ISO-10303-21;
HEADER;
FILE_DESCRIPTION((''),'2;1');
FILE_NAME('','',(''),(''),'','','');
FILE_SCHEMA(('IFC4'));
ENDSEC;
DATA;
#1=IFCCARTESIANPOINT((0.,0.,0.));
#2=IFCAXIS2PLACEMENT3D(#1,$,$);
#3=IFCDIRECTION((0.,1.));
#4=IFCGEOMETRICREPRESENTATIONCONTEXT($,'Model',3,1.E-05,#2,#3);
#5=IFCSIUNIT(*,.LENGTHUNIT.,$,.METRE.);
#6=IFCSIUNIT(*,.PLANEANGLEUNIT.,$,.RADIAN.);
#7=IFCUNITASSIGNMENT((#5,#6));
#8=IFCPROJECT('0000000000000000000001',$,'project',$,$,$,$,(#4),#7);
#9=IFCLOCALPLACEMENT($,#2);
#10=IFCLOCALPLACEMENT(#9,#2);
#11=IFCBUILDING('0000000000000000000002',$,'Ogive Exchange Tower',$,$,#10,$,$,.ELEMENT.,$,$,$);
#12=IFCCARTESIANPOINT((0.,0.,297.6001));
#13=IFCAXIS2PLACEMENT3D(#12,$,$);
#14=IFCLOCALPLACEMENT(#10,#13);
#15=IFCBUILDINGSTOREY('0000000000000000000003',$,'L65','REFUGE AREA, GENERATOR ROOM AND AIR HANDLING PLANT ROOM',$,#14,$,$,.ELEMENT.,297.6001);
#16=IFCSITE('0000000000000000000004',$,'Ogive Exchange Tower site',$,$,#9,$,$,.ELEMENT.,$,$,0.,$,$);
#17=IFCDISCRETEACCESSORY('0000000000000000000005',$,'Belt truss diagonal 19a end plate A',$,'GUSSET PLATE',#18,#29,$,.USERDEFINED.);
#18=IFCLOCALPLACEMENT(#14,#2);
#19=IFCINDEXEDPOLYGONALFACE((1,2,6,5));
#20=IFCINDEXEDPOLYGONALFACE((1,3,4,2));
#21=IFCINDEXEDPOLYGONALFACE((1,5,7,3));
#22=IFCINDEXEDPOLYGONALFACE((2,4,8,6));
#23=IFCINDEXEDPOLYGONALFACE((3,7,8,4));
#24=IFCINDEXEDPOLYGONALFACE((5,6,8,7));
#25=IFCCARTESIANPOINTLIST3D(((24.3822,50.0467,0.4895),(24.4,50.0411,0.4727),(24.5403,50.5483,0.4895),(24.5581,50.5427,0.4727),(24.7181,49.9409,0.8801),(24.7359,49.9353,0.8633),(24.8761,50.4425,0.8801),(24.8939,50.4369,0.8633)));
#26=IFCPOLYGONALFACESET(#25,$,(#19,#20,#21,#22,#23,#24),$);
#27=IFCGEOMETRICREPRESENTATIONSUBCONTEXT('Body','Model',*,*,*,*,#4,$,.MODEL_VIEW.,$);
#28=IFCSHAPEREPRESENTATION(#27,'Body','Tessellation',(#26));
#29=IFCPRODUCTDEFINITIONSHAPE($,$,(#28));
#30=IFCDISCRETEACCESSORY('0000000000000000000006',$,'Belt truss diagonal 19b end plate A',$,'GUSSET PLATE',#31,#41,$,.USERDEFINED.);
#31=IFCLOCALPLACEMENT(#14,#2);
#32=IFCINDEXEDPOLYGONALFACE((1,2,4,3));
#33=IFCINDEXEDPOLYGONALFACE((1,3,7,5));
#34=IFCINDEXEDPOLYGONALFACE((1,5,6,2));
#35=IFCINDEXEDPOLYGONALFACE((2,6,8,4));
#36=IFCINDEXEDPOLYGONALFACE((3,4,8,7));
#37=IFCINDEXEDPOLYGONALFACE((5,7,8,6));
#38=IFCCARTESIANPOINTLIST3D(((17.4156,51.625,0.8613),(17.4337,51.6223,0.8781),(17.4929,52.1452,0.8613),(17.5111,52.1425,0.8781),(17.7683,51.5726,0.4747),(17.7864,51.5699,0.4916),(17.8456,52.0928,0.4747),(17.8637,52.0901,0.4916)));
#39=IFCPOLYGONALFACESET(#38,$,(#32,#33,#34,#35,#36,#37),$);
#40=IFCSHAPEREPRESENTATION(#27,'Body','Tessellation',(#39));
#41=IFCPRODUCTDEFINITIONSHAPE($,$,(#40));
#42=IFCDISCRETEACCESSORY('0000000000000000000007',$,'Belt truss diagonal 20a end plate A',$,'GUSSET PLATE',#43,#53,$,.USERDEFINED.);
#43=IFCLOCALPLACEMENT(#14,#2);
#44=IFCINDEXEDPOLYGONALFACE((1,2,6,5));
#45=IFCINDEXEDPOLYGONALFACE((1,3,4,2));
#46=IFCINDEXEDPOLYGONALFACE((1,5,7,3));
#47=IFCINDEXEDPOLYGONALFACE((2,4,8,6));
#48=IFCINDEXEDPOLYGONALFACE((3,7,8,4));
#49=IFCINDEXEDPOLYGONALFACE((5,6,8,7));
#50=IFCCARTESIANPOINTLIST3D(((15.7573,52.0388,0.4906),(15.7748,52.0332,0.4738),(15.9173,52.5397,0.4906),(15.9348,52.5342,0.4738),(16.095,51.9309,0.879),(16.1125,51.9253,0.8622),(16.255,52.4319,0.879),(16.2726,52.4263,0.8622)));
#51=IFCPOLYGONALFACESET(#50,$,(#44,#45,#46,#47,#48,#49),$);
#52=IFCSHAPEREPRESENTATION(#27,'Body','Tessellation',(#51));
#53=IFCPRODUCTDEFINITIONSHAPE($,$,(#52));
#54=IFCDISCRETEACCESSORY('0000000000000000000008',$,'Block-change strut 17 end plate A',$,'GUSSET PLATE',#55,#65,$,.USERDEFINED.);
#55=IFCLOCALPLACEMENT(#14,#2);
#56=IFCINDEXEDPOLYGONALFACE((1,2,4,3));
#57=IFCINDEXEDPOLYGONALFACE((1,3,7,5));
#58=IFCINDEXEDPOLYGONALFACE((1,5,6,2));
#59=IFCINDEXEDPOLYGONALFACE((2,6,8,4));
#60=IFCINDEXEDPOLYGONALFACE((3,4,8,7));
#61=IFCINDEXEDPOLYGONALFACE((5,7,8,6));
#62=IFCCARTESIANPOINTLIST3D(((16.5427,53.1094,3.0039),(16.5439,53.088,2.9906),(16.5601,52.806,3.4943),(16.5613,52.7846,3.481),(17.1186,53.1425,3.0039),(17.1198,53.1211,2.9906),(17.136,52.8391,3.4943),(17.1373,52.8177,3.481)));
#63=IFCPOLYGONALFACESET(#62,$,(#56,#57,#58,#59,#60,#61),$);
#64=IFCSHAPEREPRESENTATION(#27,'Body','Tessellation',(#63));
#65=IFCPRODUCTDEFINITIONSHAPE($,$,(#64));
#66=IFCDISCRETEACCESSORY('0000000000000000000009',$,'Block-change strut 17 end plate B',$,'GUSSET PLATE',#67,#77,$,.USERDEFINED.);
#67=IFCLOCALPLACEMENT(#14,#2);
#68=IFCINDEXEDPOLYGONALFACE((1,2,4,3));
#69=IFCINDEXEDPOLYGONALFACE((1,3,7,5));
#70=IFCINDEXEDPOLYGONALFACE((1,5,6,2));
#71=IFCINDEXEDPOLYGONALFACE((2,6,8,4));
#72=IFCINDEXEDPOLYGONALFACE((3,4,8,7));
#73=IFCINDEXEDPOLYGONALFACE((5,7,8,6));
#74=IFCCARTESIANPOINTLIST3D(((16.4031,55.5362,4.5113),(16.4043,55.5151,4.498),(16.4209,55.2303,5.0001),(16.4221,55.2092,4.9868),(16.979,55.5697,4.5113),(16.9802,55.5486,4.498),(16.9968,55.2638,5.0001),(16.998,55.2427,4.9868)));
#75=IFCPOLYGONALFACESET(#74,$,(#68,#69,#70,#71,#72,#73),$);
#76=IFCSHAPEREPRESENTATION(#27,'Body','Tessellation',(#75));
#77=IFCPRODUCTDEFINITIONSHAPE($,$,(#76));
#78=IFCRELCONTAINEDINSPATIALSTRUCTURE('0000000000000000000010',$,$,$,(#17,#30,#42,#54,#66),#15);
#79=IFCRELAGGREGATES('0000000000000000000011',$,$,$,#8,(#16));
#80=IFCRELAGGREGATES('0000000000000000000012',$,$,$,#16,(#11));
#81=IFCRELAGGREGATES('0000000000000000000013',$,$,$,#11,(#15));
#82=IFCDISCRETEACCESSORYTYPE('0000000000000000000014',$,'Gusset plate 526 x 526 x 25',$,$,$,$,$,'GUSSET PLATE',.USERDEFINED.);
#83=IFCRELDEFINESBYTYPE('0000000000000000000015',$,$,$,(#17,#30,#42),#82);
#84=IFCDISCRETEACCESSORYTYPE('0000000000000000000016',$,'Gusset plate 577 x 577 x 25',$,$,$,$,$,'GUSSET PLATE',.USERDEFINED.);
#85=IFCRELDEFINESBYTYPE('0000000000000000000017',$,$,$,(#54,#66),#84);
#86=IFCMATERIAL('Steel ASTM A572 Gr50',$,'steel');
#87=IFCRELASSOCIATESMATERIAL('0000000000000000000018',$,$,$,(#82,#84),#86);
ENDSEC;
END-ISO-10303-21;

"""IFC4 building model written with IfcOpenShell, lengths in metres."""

from ifc_helpers import new_model, si_unit, direction, frame, origin, origin_2d, place, context, subcontext, project, spatial, rectangle, extrude, material, material_profile, profile_set, type_object, element, save


model = new_model("IFC4")

# Units and contexts
model_context = context("Model", 3, precision=1e-05, world=origin(), true_north=direction((0.0, 1.0)))
body_context = subcontext(model_context, "Body", "Model", "MODEL_VIEW")
ifc_project = project(units=[si_unit("LENGTHUNIT", "METRE"), si_unit("PLANEANGLEUNIT", "RADIAN")], contexts=[model_context])

# Site, building, storey
site_placement = place(None, origin())
site = spatial("IfcSite", under=ifc_project, at=site_placement, Name="Ogive Exchange Tower site", CompositionType="ELEMENT", RefElevation=0.0)
building_placement = place(site_placement, origin())
building = spatial("IfcBuilding", under=site, at=building_placement, Name="Ogive Exchange Tower", CompositionType="ELEMENT")
storey_placement = place(building_placement, frame((0.0, 0.0, 297.6001)))
storey = spatial("IfcBuildingStorey", under=building, at=storey_placement, Name="L65", Description="REFUGE AREA, GENERATOR ROOM AND AIR HANDLING PLANT ROOM", CompositionType="ELEMENT", Elevation=297.6001)

# Discrete accessories
ifc_material_1 = material(Name="Steel ASTM A572 Gr50", Category="steel")
ifc_material_profile_1 = material_profile(ifc_material_1, rectangle(XDim=0.5259, YDim=0.5259, at=origin_2d()), Name="PL 526 x 526 x 25")
ifc_profile_set_1 = profile_set([ifc_material_profile_1], Name="Steel ASTM A572 Gr50")
discrete_accessory_type_1 = type_object("IfcDiscreteAccessoryType", Name="Gusset plate 526 x 526 x 25", ElementType="GUSSET PLATE", PredefinedType="USERDEFINED", material=ifc_profile_set_1)
discrete_accessory_1_placement = place(storey_placement, frame((24.647, 50.239, 0.668), z_axis=(-0.708404, 0.223196, 0.669587), x_axis=(-0.300506, -0.95378, 0.0)))
element("IfcDiscreteAccessory", 1, at=discrete_accessory_1_placement, inside=storey, type_object=discrete_accessory_type_1, Name="Belt truss diagonal 19a end plate A", ObjectType="GUSSET PLATE", PredefinedType="USERDEFINED", context=body_context, shape_type="SweptSolid", body=[
    extrude(rectangle(XDim=0.5259, YDim=0.5259, at=origin_2d()), origin(), (0.0, 0.0, 1.0), 0.0251),
])
for number, where, z_axis, x_axis, name in (
    (2, (17.6306, 51.8589, 0.668), (0.727099, -0.108082, 0.677971), (0.147033, 0.989132, 0.0), "Belt truss diagonal 19b end plate A"),
    (3, (16.0237, 52.2297, 0.668), (-0.70352, 0.224735, 0.674206), (-0.304296, -0.952578, 0.0), "Belt truss diagonal 20a end plate A"),
):
    element("IfcDiscreteAccessory", number, at=place(storey_placement, frame(where, z_axis=z_axis, x_axis=x_axis)), inside=storey, type_object=discrete_accessory_type_1, Name=name, ObjectType="GUSSET PLATE", PredefinedType="USERDEFINED", context=body_context, shape_type="SweptSolid", body=[
        extrude(rectangle(XDim=0.5259, YDim=0.5259, at=origin_2d()), origin(), (0.0, 0.0, 1.0), 0.0249),
    ])
ifc_material_profile_2 = material_profile(ifc_material_1, rectangle(XDim=0.5769, YDim=0.5769, at=origin_2d()), Name="PL 577 x 577 x 25")
ifc_profile_set_2 = profile_set([ifc_material_profile_2], Name="Steel ASTM A572 Gr50")
discrete_accessory_type_2 = type_object("IfcDiscreteAccessoryType", Name="Gusset plate 577 x 577 x 25", ElementType="GUSSET PLATE", PredefinedType="USERDEFINED", material=ifc_profile_set_2)
discrete_accessory_2_placement = place(storey_placement, frame((16.8406, 52.9529, 3.2358), z_axis=(-0.048772, 0.848629, 0.526735), x_axis=(-0.998353, -0.057377, 0.0)))
element("IfcDiscreteAccessory", 4, at=discrete_accessory_2_placement, inside=storey, type_object=discrete_accessory_type_2, Name="Block-change strut 17 end plate A", ObjectType="GUSSET PLATE", PredefinedType="USERDEFINED", context=body_context, shape_type="SweptSolid", body=[
    extrude(rectangle(XDim=0.5769, YDim=0.5769, at=origin_2d()), origin(), (0.0, 0.0, 1.0), 0.0251),
])
discrete_accessory_3_placement = place(storey_placement, frame((16.7012, 55.3789, 4.7424), z_axis=(-0.049178, 0.845865, 0.531125), x_axis=(-0.998314, -0.058042, 0.0)))
element("IfcDiscreteAccessory", 5, at=discrete_accessory_3_placement, inside=storey, type_object=discrete_accessory_type_2, Name="Block-change strut 17 end plate B", ObjectType="GUSSET PLATE", PredefinedType="USERDEFINED", context=body_context, shape_type="SweptSolid", body=[
    extrude(rectangle(XDim=0.5769, YDim=0.5769, at=origin_2d()), origin(), (0.0, 0.0, 1.0), 0.0249),
])

save(model, "model.ifc")
